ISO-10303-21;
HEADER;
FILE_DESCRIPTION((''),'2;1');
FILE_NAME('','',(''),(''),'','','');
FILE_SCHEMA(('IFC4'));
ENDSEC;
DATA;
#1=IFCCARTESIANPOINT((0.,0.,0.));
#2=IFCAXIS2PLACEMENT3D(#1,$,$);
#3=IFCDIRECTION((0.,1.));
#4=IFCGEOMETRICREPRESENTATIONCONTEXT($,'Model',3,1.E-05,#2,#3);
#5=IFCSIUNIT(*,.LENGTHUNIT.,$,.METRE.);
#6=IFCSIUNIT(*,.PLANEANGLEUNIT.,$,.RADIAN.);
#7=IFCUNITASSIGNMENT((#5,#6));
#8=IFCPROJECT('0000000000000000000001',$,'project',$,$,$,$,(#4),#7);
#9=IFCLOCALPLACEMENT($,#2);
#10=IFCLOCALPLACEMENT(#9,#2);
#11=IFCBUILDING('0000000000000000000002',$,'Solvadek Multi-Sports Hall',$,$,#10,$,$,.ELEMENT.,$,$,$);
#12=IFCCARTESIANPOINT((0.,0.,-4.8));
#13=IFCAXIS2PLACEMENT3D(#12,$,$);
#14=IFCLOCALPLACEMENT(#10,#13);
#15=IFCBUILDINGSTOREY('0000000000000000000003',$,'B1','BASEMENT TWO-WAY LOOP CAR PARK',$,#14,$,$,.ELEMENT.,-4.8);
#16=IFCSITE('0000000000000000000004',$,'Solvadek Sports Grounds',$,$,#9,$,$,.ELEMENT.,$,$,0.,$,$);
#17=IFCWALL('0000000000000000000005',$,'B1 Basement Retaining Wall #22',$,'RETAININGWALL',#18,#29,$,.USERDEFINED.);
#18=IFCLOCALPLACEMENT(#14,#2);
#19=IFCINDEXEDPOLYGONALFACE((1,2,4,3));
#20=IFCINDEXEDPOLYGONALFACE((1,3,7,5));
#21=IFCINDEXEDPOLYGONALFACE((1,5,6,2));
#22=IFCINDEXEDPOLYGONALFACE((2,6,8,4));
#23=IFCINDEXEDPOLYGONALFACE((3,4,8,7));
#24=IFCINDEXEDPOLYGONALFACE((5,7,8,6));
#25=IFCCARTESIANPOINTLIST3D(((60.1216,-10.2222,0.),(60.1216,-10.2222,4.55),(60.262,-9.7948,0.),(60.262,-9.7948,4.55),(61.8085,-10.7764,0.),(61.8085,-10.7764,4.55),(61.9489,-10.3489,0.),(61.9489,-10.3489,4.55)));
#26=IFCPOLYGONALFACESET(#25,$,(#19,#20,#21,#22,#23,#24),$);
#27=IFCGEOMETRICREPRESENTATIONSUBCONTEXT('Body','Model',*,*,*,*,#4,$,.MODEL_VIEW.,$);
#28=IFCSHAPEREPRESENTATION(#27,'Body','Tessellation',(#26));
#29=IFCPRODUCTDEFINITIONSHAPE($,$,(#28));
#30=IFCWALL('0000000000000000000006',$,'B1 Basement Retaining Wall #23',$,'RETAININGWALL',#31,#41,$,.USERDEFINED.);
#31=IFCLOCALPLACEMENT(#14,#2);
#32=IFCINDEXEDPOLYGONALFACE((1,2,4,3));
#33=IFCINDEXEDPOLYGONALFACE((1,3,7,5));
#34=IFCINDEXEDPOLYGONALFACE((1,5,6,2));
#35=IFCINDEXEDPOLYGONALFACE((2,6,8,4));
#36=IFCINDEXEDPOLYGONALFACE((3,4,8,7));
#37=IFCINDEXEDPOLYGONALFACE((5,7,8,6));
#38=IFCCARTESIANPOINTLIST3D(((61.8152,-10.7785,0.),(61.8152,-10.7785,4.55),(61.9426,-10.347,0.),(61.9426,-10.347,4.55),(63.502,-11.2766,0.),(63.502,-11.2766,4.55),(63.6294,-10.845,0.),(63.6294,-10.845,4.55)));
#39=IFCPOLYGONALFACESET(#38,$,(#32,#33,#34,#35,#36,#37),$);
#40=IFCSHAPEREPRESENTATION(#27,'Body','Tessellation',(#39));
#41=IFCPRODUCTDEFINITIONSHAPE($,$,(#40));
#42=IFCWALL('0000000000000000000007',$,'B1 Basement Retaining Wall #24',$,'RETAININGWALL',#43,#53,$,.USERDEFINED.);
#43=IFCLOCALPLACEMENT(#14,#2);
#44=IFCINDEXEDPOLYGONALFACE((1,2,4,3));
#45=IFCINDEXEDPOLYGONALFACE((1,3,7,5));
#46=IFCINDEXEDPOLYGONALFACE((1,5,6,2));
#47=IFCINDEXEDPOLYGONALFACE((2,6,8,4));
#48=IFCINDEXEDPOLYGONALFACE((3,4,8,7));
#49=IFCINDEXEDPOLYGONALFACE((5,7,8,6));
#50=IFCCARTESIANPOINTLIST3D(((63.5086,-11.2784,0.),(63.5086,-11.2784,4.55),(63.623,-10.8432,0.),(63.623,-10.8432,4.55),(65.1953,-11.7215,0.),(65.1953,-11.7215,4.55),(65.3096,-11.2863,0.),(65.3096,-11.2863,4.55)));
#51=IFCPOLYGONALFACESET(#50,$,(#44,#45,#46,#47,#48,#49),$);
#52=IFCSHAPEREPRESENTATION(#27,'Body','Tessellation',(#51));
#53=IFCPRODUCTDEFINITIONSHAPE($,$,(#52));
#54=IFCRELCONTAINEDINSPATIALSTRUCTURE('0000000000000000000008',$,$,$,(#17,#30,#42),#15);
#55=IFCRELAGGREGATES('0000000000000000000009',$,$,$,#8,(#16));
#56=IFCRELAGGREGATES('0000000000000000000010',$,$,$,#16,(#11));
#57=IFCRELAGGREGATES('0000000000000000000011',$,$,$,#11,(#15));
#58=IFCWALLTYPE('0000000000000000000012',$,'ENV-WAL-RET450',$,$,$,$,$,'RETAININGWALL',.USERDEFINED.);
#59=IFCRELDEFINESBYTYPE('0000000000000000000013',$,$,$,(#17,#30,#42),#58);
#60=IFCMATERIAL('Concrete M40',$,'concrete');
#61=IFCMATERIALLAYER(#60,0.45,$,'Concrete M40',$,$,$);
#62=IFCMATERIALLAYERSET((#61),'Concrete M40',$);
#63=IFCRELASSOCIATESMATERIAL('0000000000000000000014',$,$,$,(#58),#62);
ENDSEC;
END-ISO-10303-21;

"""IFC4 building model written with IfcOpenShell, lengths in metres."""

from ifc_helpers import new_model, si_unit, direction, frame, frame_2d, origin, place, context, subcontext, project, spatial, rectangle, extrude, material, layer, layer_set, type_object, element, save


model = new_model("IFC4")

# Units and contexts
model_context = context("Model", 3, precision=1e-05, world=origin(), true_north=direction((0.0, 1.0)))
body_context = subcontext(model_context, "Body", "Model", "MODEL_VIEW")
ifc_project = project(units=[si_unit("LENGTHUNIT", "METRE"), si_unit("PLANEANGLEUNIT", "RADIAN")], contexts=[model_context])

# Site, building, storey
site_placement = place(None, origin())
site = spatial("IfcSite", under=ifc_project, at=site_placement, Name="Solvadek Sports Grounds", CompositionType="ELEMENT", RefElevation=0.0)
building_placement = place(site_placement, origin())
building = spatial("IfcBuilding", under=site, at=building_placement, Name="Solvadek Multi-Sports Hall", CompositionType="ELEMENT")
storey_placement = place(building_placement, frame((0.0, 0.0, -4.8)))
storey = spatial("IfcBuildingStorey", under=building, at=storey_placement, Name="B1", Description="BASEMENT TWO-WAY LOOP CAR PARK", CompositionType="ELEMENT", Elevation=-4.8)

# Shared definitions
ifc_material_1 = material(Name="Concrete M40", Category="concrete")

# Walls
ifc_layer_1 = layer(ifc_material_1, 0.45, Name="Concrete M40")
ifc_layer_set_1 = layer_set([ifc_layer_1], Name="Concrete M40")
wall_type = type_object("IfcWallType", Name="ENV-WAL-RET450", ElementType="RETAININGWALL", PredefinedType="USERDEFINED", material=ifc_layer_set_1)
wall_1_placement = place(storey_placement, frame((60.1919, -10.0085, 0.0), z_axis=(0.0, 0.0, 1.0), x_axis=(0.950049, -0.3121, 0.0)))
element("IfcWall", 1, at=wall_1_placement, inside=storey, type_object=wall_type, Name="B1 Basement Retaining Wall #22", ObjectType="RETAININGWALL", PredefinedType="USERDEFINED", context=body_context, shape_type="SweptSolid", body=[
    extrude(rectangle(XDim=1.7756, YDim=0.45, at=frame_2d((0.8877, 0.0))), origin(), (0.0, 0.0, 1.0), 4.55),
])
wall_2_placement = place(storey_placement, frame((61.8789, -10.5627, 0.0), z_axis=(0.0, 0.0, 1.0), x_axis=(0.959067, -0.283181, 0.0)))
element("IfcWall", 2, at=wall_2_placement, inside=storey, type_object=wall_type, Name="B1 Basement Retaining Wall #23", ObjectType="RETAININGWALL", PredefinedType="USERDEFINED", context=body_context, shape_type="SweptSolid", body=[
    extrude(rectangle(XDim=1.7588, YDim=0.45, at=frame_2d((0.8794, 0.0))), origin(), (0.0, 0.0, 1.0), 4.55),
])
wall_3_placement = place(storey_placement, frame((63.5657, -11.0608, 0.0), z_axis=(0.0, 0.0, 1.0), x_axis=(0.967183, -0.25408, 0.0)))
element("IfcWall", 3, at=wall_3_placement, inside=storey, type_object=wall_type, Name="B1 Basement Retaining Wall #24", ObjectType="RETAININGWALL", PredefinedType="USERDEFINED", context=body_context, shape_type="SweptSolid", body=[
    extrude(rectangle(XDim=1.7439, YDim=0.45, at=frame_2d((0.8721, 0.0))), origin(), (0.0, 0.0, 1.0), 4.55),
])

save(model, "model.ifc")
